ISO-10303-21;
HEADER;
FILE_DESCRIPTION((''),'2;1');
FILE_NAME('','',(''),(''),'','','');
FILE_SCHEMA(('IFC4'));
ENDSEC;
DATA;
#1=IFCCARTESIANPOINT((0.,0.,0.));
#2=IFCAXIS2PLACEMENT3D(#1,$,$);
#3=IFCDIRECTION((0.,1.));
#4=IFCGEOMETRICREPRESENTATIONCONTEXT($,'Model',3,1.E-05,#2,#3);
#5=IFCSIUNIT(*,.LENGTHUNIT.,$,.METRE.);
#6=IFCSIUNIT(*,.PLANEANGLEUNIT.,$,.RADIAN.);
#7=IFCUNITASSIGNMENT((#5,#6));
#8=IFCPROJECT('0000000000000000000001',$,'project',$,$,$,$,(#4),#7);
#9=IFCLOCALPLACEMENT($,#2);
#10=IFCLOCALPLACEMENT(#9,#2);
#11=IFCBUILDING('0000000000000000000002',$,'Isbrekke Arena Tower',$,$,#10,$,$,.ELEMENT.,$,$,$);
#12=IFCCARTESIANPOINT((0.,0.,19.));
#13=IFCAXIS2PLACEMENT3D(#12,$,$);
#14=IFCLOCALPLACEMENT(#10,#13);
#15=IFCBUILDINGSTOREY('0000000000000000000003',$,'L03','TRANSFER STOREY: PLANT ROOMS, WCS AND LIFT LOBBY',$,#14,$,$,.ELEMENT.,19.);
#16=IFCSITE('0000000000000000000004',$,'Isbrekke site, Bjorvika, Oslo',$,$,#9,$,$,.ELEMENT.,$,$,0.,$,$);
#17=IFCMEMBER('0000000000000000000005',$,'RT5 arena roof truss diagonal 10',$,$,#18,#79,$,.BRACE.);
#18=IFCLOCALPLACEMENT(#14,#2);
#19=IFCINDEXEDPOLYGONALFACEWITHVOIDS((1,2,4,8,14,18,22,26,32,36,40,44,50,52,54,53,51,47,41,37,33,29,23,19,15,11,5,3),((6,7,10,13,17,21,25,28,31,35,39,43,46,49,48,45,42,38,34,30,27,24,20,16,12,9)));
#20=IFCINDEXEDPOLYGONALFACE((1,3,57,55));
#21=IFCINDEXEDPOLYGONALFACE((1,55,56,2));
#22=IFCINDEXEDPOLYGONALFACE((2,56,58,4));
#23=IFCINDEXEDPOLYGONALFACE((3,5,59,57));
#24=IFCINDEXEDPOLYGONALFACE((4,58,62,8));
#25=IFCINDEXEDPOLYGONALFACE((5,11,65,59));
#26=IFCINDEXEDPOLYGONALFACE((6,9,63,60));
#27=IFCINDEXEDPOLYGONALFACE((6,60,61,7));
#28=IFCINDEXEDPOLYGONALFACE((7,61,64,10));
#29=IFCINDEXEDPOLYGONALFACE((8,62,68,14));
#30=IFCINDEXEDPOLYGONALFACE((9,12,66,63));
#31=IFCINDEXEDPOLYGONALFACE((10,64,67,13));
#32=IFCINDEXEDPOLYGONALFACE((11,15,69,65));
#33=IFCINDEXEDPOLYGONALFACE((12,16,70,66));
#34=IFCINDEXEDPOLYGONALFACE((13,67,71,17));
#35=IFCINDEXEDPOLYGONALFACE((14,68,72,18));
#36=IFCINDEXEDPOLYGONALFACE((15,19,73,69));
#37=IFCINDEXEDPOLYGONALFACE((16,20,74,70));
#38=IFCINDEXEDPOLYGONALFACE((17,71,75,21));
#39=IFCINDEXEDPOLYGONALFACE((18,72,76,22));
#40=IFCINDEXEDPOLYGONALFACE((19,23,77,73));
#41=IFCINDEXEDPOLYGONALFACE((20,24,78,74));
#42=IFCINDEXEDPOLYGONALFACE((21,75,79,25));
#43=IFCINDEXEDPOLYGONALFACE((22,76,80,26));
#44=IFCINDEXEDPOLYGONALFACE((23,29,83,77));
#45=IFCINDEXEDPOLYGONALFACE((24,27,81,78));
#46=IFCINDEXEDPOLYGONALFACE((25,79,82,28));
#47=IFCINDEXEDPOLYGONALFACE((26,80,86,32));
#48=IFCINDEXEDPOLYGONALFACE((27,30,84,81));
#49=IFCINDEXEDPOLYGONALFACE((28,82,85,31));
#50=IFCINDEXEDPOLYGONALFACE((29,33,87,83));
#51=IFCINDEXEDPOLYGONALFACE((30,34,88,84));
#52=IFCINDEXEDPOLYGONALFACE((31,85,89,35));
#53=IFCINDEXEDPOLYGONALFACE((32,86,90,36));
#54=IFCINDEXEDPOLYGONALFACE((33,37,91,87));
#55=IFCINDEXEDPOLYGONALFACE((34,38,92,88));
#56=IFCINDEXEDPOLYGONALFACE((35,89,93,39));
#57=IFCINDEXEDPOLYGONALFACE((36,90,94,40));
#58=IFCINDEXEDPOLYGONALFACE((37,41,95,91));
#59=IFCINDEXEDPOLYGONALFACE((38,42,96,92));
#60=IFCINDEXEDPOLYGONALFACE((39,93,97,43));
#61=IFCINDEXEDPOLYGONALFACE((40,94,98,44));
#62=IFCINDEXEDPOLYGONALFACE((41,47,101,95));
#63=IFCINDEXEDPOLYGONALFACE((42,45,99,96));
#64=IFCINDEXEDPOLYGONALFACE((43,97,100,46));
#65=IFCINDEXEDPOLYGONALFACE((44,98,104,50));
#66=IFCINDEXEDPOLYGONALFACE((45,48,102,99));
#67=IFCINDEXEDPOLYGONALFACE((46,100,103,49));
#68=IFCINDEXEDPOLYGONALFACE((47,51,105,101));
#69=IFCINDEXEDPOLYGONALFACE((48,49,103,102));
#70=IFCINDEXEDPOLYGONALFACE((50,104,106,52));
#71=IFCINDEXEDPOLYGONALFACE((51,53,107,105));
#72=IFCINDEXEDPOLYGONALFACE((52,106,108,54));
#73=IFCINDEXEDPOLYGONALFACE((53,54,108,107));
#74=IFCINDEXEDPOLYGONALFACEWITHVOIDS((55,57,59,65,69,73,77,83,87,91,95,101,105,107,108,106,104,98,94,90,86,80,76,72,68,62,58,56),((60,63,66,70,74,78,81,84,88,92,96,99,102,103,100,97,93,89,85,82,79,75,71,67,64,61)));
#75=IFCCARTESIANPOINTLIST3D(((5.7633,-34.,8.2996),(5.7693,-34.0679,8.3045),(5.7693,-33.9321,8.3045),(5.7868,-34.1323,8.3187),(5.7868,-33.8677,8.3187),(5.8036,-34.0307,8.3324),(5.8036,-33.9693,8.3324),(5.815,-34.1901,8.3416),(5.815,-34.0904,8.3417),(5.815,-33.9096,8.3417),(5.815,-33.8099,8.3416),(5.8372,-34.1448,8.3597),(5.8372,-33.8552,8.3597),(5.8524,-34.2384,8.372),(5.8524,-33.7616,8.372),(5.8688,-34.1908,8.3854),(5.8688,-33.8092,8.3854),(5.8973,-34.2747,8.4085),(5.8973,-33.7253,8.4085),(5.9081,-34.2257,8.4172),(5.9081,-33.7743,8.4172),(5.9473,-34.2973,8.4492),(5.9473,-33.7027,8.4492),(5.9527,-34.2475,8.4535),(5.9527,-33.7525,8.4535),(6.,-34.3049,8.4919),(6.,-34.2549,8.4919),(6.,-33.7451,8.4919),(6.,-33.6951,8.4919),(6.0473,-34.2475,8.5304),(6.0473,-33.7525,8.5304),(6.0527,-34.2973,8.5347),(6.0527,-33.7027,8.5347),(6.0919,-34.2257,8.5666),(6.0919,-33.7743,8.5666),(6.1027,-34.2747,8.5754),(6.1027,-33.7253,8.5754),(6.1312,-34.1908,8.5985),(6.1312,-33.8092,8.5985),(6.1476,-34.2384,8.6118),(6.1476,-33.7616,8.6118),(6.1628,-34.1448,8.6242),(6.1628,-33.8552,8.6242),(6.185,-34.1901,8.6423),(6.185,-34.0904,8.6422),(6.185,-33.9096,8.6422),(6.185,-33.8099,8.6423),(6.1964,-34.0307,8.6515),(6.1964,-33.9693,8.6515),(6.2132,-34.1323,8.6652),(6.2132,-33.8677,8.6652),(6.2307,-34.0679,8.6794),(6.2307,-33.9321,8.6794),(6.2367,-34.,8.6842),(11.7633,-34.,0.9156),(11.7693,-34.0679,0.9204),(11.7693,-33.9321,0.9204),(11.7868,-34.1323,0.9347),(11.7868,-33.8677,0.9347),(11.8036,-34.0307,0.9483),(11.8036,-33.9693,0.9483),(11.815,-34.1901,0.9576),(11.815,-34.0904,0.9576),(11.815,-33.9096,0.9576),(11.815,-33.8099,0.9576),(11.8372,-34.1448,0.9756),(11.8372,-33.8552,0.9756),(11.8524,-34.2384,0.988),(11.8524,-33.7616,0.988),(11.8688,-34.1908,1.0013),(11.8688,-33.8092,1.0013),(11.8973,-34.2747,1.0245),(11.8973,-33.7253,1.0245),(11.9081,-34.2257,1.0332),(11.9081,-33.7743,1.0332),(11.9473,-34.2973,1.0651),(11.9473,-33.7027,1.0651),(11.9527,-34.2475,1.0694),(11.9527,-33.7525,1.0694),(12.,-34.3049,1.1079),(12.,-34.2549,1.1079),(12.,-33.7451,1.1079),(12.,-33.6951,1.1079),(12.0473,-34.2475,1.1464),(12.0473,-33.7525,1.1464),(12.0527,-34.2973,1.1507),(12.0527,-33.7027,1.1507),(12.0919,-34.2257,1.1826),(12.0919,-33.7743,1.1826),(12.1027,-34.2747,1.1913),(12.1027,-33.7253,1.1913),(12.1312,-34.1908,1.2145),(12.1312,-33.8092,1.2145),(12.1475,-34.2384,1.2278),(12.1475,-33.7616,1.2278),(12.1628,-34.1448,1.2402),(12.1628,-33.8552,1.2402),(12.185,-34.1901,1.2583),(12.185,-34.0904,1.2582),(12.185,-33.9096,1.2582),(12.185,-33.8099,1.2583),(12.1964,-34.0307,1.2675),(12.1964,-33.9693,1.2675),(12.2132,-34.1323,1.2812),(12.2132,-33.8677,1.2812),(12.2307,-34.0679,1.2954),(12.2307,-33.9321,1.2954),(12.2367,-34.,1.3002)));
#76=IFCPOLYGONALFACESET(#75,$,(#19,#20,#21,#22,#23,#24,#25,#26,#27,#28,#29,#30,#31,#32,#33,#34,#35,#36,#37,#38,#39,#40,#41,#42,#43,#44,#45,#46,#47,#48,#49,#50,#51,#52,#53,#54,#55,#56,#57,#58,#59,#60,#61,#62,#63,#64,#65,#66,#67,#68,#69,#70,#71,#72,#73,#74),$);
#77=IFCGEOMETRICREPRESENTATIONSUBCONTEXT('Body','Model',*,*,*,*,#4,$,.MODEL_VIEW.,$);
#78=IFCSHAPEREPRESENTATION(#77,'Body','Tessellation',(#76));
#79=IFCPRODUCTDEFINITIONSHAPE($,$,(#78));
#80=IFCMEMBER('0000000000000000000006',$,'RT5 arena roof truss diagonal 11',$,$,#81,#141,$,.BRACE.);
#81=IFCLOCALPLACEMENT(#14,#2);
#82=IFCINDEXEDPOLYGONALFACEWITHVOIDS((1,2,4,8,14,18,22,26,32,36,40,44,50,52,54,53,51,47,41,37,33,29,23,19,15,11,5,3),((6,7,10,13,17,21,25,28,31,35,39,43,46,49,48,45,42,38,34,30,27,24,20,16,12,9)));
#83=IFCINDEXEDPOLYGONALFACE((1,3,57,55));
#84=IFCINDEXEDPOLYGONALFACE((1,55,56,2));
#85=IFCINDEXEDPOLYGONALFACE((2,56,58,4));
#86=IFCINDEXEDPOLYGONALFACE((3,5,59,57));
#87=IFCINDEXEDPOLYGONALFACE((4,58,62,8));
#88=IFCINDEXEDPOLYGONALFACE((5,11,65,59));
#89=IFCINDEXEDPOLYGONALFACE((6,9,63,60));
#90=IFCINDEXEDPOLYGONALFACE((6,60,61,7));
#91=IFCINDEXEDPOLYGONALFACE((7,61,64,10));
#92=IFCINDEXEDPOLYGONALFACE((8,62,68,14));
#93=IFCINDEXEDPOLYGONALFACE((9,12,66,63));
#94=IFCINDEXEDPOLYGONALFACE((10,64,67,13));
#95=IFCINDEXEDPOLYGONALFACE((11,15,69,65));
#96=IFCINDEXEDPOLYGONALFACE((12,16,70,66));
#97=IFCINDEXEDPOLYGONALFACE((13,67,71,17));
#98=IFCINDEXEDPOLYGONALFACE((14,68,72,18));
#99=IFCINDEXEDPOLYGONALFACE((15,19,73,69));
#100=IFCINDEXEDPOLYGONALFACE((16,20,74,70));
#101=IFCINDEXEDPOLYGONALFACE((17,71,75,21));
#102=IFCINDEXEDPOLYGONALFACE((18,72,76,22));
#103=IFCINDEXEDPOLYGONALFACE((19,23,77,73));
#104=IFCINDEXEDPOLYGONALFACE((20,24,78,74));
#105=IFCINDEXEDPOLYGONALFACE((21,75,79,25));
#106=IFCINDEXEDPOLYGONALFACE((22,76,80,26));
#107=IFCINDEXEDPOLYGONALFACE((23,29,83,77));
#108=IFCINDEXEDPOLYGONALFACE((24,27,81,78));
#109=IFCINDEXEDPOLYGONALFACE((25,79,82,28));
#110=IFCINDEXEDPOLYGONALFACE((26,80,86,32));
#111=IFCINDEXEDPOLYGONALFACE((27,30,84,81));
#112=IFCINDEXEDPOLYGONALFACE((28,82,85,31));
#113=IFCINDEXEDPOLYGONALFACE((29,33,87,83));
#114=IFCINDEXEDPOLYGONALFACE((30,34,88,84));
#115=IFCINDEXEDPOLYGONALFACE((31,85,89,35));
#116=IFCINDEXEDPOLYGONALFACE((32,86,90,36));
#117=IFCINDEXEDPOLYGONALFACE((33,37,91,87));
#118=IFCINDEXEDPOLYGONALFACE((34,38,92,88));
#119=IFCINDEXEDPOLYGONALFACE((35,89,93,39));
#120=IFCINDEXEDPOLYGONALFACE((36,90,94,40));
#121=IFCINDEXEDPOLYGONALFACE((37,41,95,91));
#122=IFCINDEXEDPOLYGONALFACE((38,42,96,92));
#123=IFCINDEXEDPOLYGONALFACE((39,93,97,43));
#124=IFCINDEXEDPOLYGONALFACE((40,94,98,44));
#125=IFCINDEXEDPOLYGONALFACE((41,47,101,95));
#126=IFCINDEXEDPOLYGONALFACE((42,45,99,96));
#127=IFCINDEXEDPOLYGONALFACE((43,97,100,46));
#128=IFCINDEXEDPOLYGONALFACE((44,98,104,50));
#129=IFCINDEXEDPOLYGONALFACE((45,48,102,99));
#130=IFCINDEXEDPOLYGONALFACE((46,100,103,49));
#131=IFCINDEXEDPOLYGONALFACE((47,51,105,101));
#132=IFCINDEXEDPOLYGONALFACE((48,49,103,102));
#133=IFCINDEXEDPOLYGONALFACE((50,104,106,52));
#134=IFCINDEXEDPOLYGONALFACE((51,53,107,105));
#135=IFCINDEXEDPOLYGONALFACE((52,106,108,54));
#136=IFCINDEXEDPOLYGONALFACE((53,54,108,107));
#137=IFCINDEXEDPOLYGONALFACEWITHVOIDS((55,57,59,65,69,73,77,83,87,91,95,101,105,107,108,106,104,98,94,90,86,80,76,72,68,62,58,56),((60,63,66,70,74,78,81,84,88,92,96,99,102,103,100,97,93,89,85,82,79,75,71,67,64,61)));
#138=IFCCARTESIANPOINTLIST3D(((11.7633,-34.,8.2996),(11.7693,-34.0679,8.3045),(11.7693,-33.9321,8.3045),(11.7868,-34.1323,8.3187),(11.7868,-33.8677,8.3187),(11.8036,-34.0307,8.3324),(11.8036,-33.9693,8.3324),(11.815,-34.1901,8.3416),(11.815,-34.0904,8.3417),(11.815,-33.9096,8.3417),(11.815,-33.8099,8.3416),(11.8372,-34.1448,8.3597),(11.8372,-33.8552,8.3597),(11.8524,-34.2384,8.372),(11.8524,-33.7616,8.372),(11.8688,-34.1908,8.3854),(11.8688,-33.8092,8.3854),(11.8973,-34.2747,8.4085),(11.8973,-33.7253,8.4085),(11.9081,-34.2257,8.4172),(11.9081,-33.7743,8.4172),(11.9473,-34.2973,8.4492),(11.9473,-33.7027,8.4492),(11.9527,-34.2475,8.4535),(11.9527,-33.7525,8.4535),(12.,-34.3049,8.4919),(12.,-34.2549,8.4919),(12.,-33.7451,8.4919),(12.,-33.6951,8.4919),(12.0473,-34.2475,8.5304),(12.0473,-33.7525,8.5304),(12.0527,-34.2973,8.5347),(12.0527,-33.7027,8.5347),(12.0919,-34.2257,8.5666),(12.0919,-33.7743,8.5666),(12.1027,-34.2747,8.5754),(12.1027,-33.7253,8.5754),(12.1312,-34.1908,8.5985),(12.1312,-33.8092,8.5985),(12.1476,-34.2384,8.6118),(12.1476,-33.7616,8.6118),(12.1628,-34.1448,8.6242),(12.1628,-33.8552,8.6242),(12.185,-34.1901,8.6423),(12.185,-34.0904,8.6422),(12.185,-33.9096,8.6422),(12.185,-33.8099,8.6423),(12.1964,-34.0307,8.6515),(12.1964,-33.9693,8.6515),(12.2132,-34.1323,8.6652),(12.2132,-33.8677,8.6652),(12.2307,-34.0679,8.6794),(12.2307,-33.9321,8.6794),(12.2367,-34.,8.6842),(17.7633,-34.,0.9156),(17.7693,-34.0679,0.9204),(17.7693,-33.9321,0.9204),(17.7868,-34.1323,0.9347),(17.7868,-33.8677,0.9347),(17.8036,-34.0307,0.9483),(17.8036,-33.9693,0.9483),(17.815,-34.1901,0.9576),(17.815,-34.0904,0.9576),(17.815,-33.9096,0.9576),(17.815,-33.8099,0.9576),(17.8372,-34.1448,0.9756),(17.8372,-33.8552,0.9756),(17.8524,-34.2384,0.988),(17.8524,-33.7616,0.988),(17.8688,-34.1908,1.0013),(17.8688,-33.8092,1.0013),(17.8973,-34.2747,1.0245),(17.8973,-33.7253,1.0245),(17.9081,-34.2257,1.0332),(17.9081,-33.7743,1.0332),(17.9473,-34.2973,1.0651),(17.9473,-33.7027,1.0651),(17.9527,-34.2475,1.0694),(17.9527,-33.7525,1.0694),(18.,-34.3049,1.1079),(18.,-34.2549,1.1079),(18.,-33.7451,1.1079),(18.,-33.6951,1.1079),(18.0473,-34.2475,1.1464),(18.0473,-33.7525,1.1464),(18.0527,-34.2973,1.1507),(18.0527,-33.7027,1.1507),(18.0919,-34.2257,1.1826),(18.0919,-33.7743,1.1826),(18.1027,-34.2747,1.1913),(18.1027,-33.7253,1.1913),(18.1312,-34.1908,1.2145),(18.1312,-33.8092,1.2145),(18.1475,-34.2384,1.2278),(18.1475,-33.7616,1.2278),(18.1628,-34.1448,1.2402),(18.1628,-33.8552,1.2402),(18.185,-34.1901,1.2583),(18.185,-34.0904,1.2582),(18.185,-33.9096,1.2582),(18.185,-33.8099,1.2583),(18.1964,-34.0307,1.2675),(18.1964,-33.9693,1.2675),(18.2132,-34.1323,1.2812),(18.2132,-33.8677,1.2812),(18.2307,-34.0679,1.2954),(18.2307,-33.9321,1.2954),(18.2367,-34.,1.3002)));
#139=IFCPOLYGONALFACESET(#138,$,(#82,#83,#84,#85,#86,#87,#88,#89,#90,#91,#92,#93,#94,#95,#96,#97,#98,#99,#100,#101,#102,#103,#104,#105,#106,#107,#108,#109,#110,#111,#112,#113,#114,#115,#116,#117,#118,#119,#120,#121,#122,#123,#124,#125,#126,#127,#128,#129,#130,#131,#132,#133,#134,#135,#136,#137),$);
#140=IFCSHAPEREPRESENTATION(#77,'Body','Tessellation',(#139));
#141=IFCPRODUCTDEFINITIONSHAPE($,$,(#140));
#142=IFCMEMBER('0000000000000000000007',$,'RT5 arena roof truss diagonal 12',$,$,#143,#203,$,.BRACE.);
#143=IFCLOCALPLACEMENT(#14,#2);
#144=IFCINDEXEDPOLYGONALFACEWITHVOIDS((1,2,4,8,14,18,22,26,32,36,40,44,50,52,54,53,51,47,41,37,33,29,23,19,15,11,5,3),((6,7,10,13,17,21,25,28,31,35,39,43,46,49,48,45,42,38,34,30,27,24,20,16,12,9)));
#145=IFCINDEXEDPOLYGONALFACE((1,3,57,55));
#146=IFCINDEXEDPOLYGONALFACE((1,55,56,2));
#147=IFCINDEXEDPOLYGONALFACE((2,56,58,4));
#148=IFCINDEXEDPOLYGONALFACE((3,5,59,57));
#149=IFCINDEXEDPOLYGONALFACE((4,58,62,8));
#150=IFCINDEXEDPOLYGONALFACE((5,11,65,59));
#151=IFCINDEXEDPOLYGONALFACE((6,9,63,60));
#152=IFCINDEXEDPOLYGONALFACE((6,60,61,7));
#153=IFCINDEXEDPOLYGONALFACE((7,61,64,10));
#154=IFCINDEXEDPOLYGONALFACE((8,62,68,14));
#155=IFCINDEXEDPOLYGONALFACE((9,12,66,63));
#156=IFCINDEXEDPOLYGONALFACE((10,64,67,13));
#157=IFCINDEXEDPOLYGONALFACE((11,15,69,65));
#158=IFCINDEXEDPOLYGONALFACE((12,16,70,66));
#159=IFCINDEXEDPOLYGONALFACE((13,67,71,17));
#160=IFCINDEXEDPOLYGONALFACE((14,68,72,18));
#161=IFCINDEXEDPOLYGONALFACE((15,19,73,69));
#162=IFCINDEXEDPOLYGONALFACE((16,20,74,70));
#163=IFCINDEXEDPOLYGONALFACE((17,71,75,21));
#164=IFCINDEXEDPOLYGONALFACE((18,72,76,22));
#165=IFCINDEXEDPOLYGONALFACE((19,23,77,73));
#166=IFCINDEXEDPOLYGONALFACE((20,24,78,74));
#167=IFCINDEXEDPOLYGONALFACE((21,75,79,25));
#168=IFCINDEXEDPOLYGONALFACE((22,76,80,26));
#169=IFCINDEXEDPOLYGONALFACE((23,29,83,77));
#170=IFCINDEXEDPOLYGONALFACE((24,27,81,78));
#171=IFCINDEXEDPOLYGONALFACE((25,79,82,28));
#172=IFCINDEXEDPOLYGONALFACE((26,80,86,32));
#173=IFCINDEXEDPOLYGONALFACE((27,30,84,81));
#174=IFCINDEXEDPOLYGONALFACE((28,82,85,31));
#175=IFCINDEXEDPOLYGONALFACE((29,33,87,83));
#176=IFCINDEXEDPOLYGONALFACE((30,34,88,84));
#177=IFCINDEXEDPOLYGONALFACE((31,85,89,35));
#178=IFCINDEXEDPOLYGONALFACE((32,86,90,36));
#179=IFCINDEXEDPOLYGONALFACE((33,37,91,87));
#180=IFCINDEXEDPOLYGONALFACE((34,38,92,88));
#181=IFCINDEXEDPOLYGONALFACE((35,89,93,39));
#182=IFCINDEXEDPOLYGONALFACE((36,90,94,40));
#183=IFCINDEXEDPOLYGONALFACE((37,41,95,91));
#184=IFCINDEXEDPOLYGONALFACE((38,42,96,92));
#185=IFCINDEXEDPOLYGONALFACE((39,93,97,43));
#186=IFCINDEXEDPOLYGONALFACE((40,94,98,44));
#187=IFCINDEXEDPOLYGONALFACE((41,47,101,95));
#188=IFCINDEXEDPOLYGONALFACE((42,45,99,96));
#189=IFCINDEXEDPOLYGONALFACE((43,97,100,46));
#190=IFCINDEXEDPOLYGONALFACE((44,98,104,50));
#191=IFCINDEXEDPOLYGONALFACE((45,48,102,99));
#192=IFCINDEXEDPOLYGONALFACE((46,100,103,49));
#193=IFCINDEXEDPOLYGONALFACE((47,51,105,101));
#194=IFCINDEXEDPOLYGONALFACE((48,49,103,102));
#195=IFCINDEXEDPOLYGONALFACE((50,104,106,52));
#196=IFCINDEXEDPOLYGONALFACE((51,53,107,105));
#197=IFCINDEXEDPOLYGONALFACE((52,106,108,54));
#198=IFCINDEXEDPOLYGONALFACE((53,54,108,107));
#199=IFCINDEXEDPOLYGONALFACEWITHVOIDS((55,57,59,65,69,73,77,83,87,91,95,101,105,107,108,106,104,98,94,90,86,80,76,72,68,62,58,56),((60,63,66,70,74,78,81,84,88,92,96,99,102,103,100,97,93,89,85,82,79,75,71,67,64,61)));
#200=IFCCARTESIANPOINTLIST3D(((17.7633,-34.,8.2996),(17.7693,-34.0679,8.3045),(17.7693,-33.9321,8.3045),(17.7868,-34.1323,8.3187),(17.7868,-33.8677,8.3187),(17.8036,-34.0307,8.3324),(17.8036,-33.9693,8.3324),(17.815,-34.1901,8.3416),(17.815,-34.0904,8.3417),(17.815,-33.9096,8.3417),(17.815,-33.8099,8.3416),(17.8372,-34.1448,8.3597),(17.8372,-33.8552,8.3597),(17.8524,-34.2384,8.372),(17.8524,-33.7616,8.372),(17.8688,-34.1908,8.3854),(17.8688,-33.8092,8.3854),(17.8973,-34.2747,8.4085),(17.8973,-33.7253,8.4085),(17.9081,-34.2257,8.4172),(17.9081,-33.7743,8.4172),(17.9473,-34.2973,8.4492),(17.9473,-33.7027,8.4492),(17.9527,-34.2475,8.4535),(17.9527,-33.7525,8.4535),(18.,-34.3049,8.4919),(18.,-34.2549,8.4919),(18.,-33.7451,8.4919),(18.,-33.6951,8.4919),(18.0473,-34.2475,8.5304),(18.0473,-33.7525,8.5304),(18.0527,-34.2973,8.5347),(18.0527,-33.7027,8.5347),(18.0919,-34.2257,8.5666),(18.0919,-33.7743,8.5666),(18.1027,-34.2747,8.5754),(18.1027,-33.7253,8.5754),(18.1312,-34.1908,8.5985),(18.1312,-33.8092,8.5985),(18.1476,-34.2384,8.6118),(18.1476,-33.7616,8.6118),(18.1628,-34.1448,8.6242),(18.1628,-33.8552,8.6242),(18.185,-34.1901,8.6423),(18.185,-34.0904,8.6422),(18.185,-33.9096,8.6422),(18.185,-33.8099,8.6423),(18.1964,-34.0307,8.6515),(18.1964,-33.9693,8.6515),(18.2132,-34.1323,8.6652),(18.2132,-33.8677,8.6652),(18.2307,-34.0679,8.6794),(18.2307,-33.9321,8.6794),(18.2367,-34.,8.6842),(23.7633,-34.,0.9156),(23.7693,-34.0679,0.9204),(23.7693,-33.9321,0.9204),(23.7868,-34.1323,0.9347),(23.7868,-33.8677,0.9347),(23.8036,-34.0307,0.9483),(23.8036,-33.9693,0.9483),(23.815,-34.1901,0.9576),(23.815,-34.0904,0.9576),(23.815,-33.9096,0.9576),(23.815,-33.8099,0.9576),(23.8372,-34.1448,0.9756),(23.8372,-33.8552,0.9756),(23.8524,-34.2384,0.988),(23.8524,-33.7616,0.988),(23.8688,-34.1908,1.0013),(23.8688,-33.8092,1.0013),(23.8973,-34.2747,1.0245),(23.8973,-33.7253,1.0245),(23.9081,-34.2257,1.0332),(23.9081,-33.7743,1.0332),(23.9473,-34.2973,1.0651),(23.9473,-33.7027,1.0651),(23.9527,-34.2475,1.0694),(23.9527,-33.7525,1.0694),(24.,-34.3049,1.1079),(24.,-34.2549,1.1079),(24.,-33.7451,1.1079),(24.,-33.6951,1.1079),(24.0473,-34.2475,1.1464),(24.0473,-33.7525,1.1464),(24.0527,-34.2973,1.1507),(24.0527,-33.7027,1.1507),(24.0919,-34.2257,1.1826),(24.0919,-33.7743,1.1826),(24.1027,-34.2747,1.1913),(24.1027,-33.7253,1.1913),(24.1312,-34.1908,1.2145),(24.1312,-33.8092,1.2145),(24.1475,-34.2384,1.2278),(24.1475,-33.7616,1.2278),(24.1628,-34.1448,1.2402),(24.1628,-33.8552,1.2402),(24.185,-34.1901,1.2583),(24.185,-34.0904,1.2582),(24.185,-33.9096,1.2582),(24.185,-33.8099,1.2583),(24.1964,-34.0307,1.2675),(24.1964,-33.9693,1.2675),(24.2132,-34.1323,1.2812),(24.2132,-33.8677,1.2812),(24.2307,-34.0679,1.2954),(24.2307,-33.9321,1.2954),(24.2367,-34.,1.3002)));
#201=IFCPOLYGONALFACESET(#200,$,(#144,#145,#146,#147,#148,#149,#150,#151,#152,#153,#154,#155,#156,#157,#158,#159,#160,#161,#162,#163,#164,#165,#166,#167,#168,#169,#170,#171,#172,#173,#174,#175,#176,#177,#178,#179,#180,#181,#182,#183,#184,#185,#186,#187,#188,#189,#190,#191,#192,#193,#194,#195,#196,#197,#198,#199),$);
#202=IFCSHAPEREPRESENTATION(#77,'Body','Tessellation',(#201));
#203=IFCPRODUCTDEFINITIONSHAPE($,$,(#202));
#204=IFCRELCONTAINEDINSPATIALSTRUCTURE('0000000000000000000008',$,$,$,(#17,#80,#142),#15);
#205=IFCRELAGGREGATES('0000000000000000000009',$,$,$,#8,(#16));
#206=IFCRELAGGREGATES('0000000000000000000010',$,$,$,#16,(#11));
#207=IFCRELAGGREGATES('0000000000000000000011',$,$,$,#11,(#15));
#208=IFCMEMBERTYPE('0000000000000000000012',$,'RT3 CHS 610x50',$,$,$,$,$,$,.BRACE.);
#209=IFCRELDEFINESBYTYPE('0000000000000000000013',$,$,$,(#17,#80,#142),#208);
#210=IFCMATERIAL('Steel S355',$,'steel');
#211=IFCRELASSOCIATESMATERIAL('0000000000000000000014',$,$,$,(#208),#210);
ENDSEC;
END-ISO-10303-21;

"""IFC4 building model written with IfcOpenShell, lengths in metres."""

from ifc_helpers import new_model, si_unit, direction, frame, origin, origin_2d, place, context, subcontext, project, spatial, hollow_circle, extrude, material, material_profile, profile_set, type_object, element, save


model = new_model("IFC4")

# Units and contexts
model_context = context("Model", 3, precision=1e-05, world=origin(), true_north=direction((0.0, 1.0)))
body_context = subcontext(model_context, "Body", "Model", "MODEL_VIEW")
ifc_project = project(units=[si_unit("LENGTHUNIT", "METRE"), si_unit("PLANEANGLEUNIT", "RADIAN")], contexts=[model_context])

# Site, building, storey
site_placement = place(None, origin())
site = spatial("IfcSite", under=ifc_project, at=site_placement, Name="Isbrekke site, Bjorvika, Oslo", CompositionType="ELEMENT", RefElevation=0.0)
building_placement = place(site_placement, origin())
building = spatial("IfcBuilding", under=site, at=building_placement, Name="Isbrekke Arena Tower", CompositionType="ELEMENT")
storey_placement = place(building_placement, frame((0.0, 0.0, 19.0)))
storey = spatial("IfcBuildingStorey", under=building, at=storey_placement, Name="L03", Description="TRANSFER STOREY: PLANT ROOMS, WCS AND LIFT LOBBY", CompositionType="ELEMENT", Elevation=19.0)

# Members
ifc_material_1 = material(Name="Steel S355", Category="steel")
ifc_material_profile_1 = material_profile(ifc_material_1, hollow_circle(Radius=0.3049, WallThickness=0.05, at=origin_2d()), Name="CHS 610x50")
ifc_profile_set_1 = profile_set([ifc_material_profile_1], Name="Steel S355")
member_type_1 = type_object("IfcMemberType", Name="RT3 CHS 610x50", PredefinedType="BRACE", material=ifc_profile_set_1)
for number, where, z_axis, x_axis, name in (
    (1, (6.0, -34.0, 8.4919), (0.630623, 0.0, -0.77609), (0.0, 1.0, 0.0), "RT5 arena roof truss diagonal 10"),
    (2, (12.0, -34.0, 8.4919), (0.630623, 0.0, -0.77609), (0.0, 1.0, 0.0), "RT5 arena roof truss diagonal 11"),
    (3, (18.0, -34.0, 8.4919), (0.630623, 0.0, -0.77609), (0.0, 1.0, 0.0), "RT5 arena roof truss diagonal 12"),
):
    element("IfcMember", number, at=place(storey_placement, frame(where, z_axis=z_axis, x_axis=x_axis)), inside=storey, type_object=member_type_1, Name=name, PredefinedType="BRACE", context=body_context, shape_type="SweptSolid", body=[
        extrude(hollow_circle(Radius=0.3049, WallThickness=0.05, at=origin_2d()), origin(), (0.0, 0.0, 1.0), 9.5144),
    ])

save(model, "model.ifc")
